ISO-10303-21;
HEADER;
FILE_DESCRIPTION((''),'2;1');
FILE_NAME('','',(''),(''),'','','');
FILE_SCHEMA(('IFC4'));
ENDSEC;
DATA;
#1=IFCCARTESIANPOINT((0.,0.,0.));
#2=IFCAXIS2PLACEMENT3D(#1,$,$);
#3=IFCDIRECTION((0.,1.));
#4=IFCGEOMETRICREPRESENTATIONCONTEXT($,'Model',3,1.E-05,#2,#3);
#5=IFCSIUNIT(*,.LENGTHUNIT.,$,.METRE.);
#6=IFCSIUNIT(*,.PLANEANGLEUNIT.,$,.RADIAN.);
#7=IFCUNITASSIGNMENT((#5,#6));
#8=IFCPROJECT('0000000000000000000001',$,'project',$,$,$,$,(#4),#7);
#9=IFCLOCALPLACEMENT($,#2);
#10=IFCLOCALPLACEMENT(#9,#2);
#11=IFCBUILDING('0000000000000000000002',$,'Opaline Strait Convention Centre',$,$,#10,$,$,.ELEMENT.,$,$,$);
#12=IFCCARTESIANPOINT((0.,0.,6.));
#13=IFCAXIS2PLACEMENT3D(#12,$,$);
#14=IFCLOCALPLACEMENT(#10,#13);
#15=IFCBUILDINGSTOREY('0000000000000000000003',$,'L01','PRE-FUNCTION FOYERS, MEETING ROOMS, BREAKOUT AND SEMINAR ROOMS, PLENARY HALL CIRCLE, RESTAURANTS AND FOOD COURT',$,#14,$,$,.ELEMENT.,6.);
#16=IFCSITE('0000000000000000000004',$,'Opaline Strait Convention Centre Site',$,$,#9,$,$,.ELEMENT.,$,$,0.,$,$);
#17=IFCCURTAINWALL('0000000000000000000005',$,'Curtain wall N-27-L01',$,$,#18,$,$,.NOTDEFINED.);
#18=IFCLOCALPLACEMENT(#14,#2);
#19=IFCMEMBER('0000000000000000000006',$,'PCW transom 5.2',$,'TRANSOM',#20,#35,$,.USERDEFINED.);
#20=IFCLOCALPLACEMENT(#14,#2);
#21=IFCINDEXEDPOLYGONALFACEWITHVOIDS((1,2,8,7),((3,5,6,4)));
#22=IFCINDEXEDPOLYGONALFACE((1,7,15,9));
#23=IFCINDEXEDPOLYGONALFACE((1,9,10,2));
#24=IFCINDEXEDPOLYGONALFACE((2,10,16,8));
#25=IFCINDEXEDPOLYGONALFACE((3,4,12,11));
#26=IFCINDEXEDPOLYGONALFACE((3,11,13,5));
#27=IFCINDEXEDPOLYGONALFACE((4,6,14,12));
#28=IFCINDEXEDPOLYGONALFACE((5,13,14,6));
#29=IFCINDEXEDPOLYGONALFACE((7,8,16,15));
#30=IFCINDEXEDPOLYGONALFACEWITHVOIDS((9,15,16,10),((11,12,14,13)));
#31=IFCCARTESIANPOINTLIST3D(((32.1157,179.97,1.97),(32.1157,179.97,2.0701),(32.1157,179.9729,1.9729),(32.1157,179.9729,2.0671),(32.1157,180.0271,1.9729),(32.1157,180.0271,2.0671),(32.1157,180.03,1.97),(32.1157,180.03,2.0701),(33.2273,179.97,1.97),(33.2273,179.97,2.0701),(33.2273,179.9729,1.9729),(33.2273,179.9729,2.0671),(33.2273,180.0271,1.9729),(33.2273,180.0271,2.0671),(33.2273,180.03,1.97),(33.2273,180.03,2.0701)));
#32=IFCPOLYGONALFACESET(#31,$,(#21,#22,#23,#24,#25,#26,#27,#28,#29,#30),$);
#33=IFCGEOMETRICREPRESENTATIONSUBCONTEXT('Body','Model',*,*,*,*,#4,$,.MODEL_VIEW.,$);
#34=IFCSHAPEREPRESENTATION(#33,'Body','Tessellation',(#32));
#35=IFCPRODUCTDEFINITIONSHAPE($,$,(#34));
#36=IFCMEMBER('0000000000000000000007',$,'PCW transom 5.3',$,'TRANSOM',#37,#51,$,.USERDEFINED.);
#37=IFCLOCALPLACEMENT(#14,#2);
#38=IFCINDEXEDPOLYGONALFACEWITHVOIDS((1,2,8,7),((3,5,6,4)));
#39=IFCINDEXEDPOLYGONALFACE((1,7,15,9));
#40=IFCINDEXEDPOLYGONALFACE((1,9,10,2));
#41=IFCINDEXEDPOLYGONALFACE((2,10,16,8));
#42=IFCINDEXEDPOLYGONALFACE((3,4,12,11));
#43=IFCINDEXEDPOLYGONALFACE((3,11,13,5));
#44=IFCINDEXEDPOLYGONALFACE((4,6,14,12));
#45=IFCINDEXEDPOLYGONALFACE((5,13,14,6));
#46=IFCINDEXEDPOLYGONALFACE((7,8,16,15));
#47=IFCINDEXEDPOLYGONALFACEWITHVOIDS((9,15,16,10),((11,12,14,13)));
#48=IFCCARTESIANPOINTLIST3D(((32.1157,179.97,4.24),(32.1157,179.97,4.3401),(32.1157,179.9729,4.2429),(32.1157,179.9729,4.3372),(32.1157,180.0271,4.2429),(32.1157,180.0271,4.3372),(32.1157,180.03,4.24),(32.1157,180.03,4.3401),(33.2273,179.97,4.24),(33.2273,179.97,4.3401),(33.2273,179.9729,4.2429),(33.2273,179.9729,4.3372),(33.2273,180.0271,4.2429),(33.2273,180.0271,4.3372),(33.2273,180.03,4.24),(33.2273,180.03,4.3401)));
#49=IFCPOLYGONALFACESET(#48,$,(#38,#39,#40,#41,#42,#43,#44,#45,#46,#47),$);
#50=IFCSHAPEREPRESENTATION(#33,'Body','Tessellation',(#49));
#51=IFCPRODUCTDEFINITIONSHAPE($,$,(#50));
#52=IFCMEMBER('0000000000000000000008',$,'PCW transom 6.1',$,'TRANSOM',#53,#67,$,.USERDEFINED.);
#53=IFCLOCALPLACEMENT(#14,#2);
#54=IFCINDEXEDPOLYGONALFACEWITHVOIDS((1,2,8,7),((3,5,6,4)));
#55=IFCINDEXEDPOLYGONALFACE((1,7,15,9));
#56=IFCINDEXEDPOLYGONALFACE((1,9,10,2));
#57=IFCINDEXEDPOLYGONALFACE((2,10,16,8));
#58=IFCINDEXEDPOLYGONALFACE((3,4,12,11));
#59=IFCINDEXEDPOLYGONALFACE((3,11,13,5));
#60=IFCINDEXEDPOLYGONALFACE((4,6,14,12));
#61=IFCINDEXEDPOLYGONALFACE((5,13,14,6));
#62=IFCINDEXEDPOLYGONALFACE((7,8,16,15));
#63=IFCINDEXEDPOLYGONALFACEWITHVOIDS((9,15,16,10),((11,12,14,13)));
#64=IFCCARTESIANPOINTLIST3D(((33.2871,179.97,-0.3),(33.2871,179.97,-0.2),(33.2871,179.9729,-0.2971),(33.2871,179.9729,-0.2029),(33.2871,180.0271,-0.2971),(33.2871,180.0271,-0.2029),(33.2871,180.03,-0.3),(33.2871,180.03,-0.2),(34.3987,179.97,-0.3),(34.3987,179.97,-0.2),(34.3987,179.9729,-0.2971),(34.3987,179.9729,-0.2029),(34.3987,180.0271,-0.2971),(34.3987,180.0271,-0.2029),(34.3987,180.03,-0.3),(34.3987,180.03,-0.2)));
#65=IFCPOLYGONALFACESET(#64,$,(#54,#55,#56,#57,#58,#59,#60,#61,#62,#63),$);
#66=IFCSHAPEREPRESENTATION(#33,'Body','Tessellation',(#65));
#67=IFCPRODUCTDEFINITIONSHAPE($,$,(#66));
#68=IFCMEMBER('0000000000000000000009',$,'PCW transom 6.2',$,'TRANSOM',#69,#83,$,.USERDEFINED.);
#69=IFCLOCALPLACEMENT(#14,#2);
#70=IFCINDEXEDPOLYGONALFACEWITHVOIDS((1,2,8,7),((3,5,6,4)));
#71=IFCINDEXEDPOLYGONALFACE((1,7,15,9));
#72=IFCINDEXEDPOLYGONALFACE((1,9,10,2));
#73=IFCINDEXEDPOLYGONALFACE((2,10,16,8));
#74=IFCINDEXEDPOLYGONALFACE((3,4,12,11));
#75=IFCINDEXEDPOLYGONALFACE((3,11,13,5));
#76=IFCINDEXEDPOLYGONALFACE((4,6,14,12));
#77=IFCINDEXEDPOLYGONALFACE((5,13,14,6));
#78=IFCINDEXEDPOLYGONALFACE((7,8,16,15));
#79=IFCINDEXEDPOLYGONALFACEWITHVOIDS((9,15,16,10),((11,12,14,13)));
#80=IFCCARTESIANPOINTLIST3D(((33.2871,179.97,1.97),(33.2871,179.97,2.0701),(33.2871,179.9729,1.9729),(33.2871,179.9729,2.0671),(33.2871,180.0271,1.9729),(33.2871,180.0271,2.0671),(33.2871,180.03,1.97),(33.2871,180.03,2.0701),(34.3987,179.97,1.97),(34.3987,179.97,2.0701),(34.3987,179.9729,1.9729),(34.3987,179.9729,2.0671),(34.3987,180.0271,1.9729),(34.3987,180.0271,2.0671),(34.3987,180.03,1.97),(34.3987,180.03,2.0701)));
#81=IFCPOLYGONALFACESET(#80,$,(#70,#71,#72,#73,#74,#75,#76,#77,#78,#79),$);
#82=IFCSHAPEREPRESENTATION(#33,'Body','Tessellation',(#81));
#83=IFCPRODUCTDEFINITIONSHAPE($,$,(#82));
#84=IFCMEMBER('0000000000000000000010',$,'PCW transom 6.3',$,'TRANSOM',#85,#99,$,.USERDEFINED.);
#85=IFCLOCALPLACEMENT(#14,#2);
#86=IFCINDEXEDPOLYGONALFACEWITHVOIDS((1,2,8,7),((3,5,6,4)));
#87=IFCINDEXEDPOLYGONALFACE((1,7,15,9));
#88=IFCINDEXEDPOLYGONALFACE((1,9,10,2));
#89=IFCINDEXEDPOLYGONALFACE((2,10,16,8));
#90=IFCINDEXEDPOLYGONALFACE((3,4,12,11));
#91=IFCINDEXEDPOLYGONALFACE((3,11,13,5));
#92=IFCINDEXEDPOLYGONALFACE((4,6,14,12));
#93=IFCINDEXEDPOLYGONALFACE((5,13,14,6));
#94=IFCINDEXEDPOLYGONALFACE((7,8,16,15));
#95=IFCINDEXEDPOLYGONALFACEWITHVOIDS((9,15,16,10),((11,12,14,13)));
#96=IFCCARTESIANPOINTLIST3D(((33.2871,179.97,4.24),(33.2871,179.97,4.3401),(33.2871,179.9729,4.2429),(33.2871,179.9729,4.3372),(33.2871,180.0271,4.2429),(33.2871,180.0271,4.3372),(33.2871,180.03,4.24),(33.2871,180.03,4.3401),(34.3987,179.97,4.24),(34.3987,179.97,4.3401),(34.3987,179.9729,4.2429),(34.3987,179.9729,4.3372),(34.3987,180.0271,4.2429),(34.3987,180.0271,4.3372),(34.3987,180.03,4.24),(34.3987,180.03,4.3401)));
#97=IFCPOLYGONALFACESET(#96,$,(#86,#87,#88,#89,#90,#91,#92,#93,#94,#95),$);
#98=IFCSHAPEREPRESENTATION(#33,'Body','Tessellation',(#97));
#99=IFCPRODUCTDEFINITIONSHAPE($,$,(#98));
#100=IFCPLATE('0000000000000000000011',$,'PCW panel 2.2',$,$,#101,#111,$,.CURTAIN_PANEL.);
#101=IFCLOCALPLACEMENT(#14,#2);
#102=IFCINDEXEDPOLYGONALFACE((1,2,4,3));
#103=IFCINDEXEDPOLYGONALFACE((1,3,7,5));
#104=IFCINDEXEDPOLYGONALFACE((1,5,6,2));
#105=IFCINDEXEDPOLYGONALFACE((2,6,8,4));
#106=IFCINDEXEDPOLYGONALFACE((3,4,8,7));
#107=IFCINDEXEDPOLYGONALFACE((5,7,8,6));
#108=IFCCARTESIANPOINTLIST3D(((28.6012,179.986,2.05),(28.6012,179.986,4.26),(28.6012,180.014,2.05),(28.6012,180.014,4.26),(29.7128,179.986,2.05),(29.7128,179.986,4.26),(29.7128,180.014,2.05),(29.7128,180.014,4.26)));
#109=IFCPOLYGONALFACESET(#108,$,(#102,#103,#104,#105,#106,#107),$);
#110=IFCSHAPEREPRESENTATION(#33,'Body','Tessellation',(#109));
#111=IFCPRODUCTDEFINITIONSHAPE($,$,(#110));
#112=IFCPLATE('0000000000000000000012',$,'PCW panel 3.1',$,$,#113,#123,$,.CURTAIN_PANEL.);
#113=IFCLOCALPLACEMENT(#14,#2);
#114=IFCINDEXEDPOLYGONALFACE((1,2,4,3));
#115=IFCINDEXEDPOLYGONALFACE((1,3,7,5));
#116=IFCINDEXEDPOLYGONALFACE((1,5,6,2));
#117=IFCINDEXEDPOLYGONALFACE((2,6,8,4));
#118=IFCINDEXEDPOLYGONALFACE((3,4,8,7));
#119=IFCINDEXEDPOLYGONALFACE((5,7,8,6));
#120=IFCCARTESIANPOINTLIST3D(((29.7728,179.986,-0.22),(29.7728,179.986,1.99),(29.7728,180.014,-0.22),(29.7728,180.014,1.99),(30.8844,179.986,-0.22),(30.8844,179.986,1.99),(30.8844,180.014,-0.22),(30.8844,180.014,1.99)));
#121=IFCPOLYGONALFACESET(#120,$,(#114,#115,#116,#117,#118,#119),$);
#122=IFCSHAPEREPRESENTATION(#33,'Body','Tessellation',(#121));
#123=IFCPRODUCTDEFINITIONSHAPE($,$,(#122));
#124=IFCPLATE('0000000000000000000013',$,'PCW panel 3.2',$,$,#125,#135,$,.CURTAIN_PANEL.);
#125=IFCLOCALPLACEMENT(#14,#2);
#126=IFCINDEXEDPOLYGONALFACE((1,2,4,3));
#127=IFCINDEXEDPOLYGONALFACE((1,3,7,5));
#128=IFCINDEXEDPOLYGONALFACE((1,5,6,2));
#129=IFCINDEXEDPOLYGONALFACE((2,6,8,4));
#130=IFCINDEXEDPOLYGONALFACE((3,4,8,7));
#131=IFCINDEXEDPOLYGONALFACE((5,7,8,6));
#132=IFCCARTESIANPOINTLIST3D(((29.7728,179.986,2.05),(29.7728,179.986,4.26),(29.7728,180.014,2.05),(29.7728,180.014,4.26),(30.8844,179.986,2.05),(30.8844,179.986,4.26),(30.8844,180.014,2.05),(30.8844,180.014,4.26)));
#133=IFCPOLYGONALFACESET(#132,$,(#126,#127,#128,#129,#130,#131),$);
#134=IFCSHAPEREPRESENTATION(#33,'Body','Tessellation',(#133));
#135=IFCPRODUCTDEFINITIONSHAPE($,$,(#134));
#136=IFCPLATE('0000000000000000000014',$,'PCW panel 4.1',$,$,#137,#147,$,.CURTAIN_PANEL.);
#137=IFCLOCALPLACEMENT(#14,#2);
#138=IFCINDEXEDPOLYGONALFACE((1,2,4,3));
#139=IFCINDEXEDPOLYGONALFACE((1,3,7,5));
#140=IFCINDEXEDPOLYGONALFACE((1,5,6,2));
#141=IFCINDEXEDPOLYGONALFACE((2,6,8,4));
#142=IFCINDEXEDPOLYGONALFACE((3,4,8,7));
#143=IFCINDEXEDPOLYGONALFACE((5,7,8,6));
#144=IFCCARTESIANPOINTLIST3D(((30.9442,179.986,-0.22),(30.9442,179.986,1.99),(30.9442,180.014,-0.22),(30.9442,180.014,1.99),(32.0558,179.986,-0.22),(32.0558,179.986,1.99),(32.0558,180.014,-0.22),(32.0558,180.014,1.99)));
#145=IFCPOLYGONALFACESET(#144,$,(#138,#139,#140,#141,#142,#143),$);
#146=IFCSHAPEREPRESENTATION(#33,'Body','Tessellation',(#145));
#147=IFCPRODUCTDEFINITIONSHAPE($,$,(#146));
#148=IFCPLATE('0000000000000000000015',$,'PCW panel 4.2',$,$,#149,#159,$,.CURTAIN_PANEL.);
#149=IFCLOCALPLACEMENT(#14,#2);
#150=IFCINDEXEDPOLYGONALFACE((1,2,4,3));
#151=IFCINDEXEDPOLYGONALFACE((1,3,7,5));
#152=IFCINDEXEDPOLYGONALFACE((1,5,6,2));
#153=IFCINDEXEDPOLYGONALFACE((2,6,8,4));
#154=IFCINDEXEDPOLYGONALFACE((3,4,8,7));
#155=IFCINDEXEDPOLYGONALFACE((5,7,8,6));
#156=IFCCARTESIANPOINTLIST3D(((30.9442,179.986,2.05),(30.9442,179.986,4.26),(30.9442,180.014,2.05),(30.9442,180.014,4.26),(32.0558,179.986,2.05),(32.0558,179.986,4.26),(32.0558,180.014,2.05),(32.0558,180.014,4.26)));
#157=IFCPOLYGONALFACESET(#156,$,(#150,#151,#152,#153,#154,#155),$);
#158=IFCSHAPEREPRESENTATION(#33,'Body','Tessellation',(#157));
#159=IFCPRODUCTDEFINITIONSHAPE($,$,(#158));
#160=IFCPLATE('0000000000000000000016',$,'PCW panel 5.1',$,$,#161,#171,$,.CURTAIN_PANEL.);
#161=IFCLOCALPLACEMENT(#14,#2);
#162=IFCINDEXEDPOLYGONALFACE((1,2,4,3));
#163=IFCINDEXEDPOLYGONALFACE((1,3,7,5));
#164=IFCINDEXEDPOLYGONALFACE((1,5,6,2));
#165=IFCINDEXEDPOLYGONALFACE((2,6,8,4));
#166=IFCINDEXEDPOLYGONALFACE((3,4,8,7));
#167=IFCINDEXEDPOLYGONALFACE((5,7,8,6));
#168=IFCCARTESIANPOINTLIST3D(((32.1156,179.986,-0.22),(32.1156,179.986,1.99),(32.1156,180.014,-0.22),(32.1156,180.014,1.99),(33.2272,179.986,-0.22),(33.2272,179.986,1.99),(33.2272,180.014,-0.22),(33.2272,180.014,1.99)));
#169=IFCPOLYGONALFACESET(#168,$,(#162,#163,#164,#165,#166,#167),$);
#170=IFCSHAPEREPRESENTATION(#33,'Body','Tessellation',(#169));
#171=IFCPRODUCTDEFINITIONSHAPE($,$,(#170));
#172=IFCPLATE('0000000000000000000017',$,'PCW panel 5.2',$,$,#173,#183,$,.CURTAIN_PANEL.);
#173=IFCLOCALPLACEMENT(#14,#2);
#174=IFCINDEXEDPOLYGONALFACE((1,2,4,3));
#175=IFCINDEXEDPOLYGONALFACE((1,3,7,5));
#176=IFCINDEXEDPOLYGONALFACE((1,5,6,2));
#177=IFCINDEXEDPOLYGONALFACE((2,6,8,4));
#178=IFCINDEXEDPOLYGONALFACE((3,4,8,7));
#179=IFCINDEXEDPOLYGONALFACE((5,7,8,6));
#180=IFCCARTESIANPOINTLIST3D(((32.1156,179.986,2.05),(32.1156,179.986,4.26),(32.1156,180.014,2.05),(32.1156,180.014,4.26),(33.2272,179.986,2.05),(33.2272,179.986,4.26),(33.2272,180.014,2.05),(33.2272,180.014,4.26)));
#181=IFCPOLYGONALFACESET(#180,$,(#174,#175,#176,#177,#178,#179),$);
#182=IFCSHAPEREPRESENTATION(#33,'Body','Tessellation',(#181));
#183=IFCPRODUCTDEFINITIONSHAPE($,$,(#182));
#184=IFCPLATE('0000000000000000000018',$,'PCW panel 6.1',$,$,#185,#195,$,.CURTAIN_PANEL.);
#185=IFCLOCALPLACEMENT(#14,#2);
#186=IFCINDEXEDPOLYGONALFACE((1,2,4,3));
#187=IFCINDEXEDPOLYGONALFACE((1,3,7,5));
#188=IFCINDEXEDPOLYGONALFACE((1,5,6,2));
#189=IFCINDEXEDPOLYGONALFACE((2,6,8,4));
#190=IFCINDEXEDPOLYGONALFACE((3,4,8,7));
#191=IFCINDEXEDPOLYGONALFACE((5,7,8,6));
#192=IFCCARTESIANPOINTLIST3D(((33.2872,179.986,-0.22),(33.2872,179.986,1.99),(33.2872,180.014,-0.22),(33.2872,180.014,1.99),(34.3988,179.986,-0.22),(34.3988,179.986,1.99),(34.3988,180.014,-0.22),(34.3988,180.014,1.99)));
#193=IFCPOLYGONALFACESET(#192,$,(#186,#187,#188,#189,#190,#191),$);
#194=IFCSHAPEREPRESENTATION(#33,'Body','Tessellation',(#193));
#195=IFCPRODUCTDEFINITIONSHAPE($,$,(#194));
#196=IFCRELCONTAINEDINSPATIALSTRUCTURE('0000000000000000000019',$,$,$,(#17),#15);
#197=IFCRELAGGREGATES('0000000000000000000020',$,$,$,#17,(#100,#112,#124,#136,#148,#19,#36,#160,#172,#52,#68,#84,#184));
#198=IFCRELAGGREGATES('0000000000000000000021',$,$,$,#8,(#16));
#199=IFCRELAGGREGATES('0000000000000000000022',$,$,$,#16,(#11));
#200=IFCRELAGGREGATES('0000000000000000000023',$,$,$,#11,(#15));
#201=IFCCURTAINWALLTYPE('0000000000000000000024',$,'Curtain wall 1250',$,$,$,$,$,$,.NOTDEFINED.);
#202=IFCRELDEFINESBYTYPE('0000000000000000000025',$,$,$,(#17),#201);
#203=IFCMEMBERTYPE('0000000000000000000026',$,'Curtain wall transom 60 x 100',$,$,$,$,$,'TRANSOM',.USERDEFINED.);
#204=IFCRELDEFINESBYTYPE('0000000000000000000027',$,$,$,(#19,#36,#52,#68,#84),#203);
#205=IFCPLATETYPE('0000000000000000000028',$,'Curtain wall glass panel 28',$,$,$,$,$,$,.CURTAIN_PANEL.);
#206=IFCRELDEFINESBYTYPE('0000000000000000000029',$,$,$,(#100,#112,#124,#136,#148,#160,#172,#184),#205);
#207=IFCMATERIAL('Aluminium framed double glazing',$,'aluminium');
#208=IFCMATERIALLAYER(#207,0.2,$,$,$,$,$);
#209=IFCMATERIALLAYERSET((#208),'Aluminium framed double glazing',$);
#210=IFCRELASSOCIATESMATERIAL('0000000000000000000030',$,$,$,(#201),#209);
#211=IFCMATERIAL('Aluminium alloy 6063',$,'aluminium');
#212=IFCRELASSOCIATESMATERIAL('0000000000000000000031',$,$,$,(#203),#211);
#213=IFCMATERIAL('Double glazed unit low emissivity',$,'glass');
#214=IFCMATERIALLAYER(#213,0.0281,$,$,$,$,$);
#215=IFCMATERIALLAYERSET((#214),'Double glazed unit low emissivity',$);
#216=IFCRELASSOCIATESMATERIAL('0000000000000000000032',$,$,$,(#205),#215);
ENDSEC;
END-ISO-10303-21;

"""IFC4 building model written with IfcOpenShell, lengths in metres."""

from ifc_helpers import new_model, si_unit, direction, frame, origin, origin_2d, place, context, subcontext, project, spatial, rectangle, hollow_rectangle, extrude, material, layer, layer_set, material_profile, profile_set, type_object, element, aggregate, save


model = new_model("IFC4")

# Units and contexts
model_context = context("Model", 3, precision=1e-05, world=origin(), true_north=direction((0.0, 1.0)))
body_context = subcontext(model_context, "Body", "Model", "MODEL_VIEW")
ifc_project = project(units=[si_unit("LENGTHUNIT", "METRE"), si_unit("PLANEANGLEUNIT", "RADIAN")], contexts=[model_context])

# Site, building, storey
site_placement = place(None, origin())
site = spatial("IfcSite", under=ifc_project, at=site_placement, Name="Opaline Strait Convention Centre Site", CompositionType="ELEMENT", RefElevation=0.0)
building_placement = place(site_placement, origin())
building = spatial("IfcBuilding", under=site, at=building_placement, Name="Opaline Strait Convention Centre", CompositionType="ELEMENT")
storey_placement = place(building_placement, frame((0.0, 0.0, 6.0)))
storey = spatial("IfcBuildingStorey", under=building, at=storey_placement, Name="L01", Description="PRE-FUNCTION FOYERS, MEETING ROOMS, BREAKOUT AND SEMINAR ROOMS, PLENARY HALL CIRCLE, RESTAURANTS AND FOOD COURT", CompositionType="ELEMENT", Elevation=6.0)

# Curtain wall, members, plates
ifc_material_1 = material(Name="Aluminium framed double glazing", Category="aluminium")
ifc_layer_1 = layer(ifc_material_1, 0.2)
ifc_layer_set_1 = layer_set([ifc_layer_1], Name="Aluminium framed double glazing")
curtain_wall_type = type_object("IfcCurtainWallType", Name="Curtain wall 1250", PredefinedType="NOTDEFINED", material=ifc_layer_set_1)
curtain_wall_placement = place(storey_placement, origin())
curtain_wall = element("IfcCurtainWall", 1, at=curtain_wall_placement, inside=storey, type_object=curtain_wall_type, Name="Curtain wall N-27-L01", PredefinedType="NOTDEFINED")
ifc_material_2 = material(Name="Aluminium alloy 6063", Category="aluminium")
ifc_material_profile_1 = material_profile(ifc_material_2, hollow_rectangle(XDim=0.0601, YDim=0.1001, WallThickness=0.0029, at=origin_2d()), Name="TRANSOM 60x100x3")
ifc_profile_set_1 = profile_set([ifc_material_profile_1], Name="Aluminium alloy 6063")
member_type_1 = type_object("IfcMemberType", Name="Curtain wall transom 60 x 100", ElementType="TRANSOM", PredefinedType="USERDEFINED", material=ifc_profile_set_1)
member_1_placement = place(storey_placement, frame((32.1157, 180.0, 2.02), z_axis=(1.0, 0.0, 0.0), x_axis=(0.0, 1.0, 0.0)))
member_1 = element("IfcMember", 2, at=member_1_placement, type_object=member_type_1, Name="PCW transom 5.2", ObjectType="TRANSOM", PredefinedType="USERDEFINED", context=body_context, shape_type="SweptSolid", body=[
    extrude(hollow_rectangle(XDim=0.0601, YDim=0.1001, WallThickness=0.0029, at=origin_2d()), origin(), (0.0, 0.0, 1.0), 1.1116),
])
member_2_placement = place(storey_placement, frame((32.1157, 180.0, 4.29), z_axis=(1.0, 0.0, 0.0), x_axis=(0.0, 1.0, 0.0)))
member_2 = element("IfcMember", 3, at=member_2_placement, type_object=member_type_1, Name="PCW transom 5.3", ObjectType="TRANSOM", PredefinedType="USERDEFINED", context=body_context, shape_type="SweptSolid", body=[
    extrude(hollow_rectangle(XDim=0.0601, YDim=0.1001, WallThickness=0.0029, at=origin_2d()), origin(), (0.0, 0.0, 1.0), 1.1116),
])
member_3_placement = place(storey_placement, frame((33.2871, 180.0, -0.25), z_axis=(1.0, 0.0, 0.0), x_axis=(0.0, 1.0, 0.0)))
member_3 = element("IfcMember", 4, at=member_3_placement, type_object=member_type_1, Name="PCW transom 6.1", ObjectType="TRANSOM", PredefinedType="USERDEFINED", context=body_context, shape_type="SweptSolid", body=[
    extrude(hollow_rectangle(XDim=0.0601, YDim=0.1001, WallThickness=0.0029, at=origin_2d()), origin(), (0.0, 0.0, 1.0), 1.1116),
])
member_4_placement = place(storey_placement, frame((33.2871, 180.0, 2.02), z_axis=(1.0, 0.0, 0.0), x_axis=(0.0, 1.0, 0.0)))
member_4 = element("IfcMember", 5, at=member_4_placement, type_object=member_type_1, Name="PCW transom 6.2", ObjectType="TRANSOM", PredefinedType="USERDEFINED", context=body_context, shape_type="SweptSolid", body=[
    extrude(hollow_rectangle(XDim=0.0601, YDim=0.1001, WallThickness=0.0029, at=origin_2d()), origin(), (0.0, 0.0, 1.0), 1.1116),
])
member_5_placement = place(storey_placement, frame((33.2871, 180.0, 4.29), z_axis=(1.0, 0.0, 0.0), x_axis=(0.0, 1.0, 0.0)))
member_5 = element("IfcMember", 6, at=member_5_placement, type_object=member_type_1, Name="PCW transom 6.3", ObjectType="TRANSOM", PredefinedType="USERDEFINED", context=body_context, shape_type="SweptSolid", body=[
    extrude(hollow_rectangle(XDim=0.0601, YDim=0.1001, WallThickness=0.0029, at=origin_2d()), origin(), (0.0, 0.0, 1.0), 1.1116),
])
ifc_material_3 = material(Name="Double glazed unit low emissivity", Category="glass")
ifc_layer_2 = layer(ifc_material_3, 0.0281)
ifc_layer_set_2 = layer_set([ifc_layer_2], Name="Double glazed unit low emissivity")
plate_type = type_object("IfcPlateType", Name="Curtain wall glass panel 28", PredefinedType="CURTAIN_PANEL", material=ifc_layer_set_2)
plate_1_placement = place(storey_placement, frame((29.157, 180.0, 2.05), z_axis=(0.0, 0.0, 1.0), x_axis=(1.0, 0.0, 0.0)))
plate_1 = element("IfcPlate", 7, at=plate_1_placement, type_object=plate_type, Name="PCW panel 2.2", PredefinedType="CURTAIN_PANEL", context=body_context, shape_type="SweptSolid", body=[
    extrude(rectangle(XDim=1.1116, YDim=0.0281, at=origin_2d()), origin(), (0.0, 0.0, 1.0), 2.21),
])
plate_2_placement = place(storey_placement, frame((30.3286, 180.0, -0.22), z_axis=(0.0, 0.0, 1.0), x_axis=(1.0, 0.0, 0.0)))
plate_2 = element("IfcPlate", 8, at=plate_2_placement, type_object=plate_type, Name="PCW panel 3.1", PredefinedType="CURTAIN_PANEL", context=body_context, shape_type="SweptSolid", body=[
    extrude(rectangle(XDim=1.1116, YDim=0.0281, at=origin_2d()), origin(), (0.0, 0.0, 1.0), 2.21),
])
plate_3_placement = place(storey_placement, frame((30.3286, 180.0, 2.05), z_axis=(0.0, 0.0, 1.0), x_axis=(1.0, 0.0, 0.0)))
plate_3 = element("IfcPlate", 9, at=plate_3_placement, type_object=plate_type, Name="PCW panel 3.2", PredefinedType="CURTAIN_PANEL", context=body_context, shape_type="SweptSolid", body=[
    extrude(rectangle(XDim=1.1116, YDim=0.0281, at=origin_2d()), origin(), (0.0, 0.0, 1.0), 2.21),
])
plate_4_placement = place(storey_placement, frame((31.5, 180.0, -0.22), z_axis=(0.0, 0.0, 1.0), x_axis=(1.0, 0.0, 0.0)))
plate_4 = element("IfcPlate", 10, at=plate_4_placement, type_object=plate_type, Name="PCW panel 4.1", PredefinedType="CURTAIN_PANEL", context=body_context, shape_type="SweptSolid", body=[
    extrude(rectangle(XDim=1.1116, YDim=0.0281, at=origin_2d()), origin(), (0.0, 0.0, 1.0), 2.21),
])
plate_5_placement = place(storey_placement, frame((31.5, 180.0, 2.05), z_axis=(0.0, 0.0, 1.0), x_axis=(1.0, 0.0, 0.0)))
plate_5 = element("IfcPlate", 11, at=plate_5_placement, type_object=plate_type, Name="PCW panel 4.2", PredefinedType="CURTAIN_PANEL", context=body_context, shape_type="SweptSolid", body=[
    extrude(rectangle(XDim=1.1116, YDim=0.0281, at=origin_2d()), origin(), (0.0, 0.0, 1.0), 2.21),
])
plate_6_placement = place(storey_placement, frame((32.6714, 180.0, -0.22), z_axis=(0.0, 0.0, 1.0), x_axis=(1.0, 0.0, 0.0)))
plate_6 = element("IfcPlate", 12, at=plate_6_placement, type_object=plate_type, Name="PCW panel 5.1", PredefinedType="CURTAIN_PANEL", context=body_context, shape_type="SweptSolid", body=[
    extrude(rectangle(XDim=1.1116, YDim=0.0281, at=origin_2d()), origin(), (0.0, 0.0, 1.0), 2.21),
])
plate_7_placement = place(storey_placement, frame((32.6714, 180.0, 2.05), z_axis=(0.0, 0.0, 1.0), x_axis=(1.0, 0.0, 0.0)))
plate_7 = element("IfcPlate", 13, at=plate_7_placement, type_object=plate_type, Name="PCW panel 5.2", PredefinedType="CURTAIN_PANEL", context=body_context, shape_type="SweptSolid", body=[
    extrude(rectangle(XDim=1.1116, YDim=0.0281, at=origin_2d()), origin(), (0.0, 0.0, 1.0), 2.21),
])
plate_8_placement = place(storey_placement, frame((33.843, 180.0, -0.22), z_axis=(0.0, 0.0, 1.0), x_axis=(1.0, 0.0, 0.0)))
plate_8 = element("IfcPlate", 14, at=plate_8_placement, type_object=plate_type, Name="PCW panel 6.1", PredefinedType="CURTAIN_PANEL", context=body_context, shape_type="SweptSolid", body=[
    extrude(rectangle(XDim=1.1116, YDim=0.0281, at=origin_2d()), origin(), (0.0, 0.0, 1.0), 2.21),
])
aggregate(curtain_wall, [plate_1, plate_2, plate_3, plate_4, plate_5, member_1, member_2, plate_6, plate_7, member_3, member_4, member_5, plate_8])

save(model, "model.ifc")
